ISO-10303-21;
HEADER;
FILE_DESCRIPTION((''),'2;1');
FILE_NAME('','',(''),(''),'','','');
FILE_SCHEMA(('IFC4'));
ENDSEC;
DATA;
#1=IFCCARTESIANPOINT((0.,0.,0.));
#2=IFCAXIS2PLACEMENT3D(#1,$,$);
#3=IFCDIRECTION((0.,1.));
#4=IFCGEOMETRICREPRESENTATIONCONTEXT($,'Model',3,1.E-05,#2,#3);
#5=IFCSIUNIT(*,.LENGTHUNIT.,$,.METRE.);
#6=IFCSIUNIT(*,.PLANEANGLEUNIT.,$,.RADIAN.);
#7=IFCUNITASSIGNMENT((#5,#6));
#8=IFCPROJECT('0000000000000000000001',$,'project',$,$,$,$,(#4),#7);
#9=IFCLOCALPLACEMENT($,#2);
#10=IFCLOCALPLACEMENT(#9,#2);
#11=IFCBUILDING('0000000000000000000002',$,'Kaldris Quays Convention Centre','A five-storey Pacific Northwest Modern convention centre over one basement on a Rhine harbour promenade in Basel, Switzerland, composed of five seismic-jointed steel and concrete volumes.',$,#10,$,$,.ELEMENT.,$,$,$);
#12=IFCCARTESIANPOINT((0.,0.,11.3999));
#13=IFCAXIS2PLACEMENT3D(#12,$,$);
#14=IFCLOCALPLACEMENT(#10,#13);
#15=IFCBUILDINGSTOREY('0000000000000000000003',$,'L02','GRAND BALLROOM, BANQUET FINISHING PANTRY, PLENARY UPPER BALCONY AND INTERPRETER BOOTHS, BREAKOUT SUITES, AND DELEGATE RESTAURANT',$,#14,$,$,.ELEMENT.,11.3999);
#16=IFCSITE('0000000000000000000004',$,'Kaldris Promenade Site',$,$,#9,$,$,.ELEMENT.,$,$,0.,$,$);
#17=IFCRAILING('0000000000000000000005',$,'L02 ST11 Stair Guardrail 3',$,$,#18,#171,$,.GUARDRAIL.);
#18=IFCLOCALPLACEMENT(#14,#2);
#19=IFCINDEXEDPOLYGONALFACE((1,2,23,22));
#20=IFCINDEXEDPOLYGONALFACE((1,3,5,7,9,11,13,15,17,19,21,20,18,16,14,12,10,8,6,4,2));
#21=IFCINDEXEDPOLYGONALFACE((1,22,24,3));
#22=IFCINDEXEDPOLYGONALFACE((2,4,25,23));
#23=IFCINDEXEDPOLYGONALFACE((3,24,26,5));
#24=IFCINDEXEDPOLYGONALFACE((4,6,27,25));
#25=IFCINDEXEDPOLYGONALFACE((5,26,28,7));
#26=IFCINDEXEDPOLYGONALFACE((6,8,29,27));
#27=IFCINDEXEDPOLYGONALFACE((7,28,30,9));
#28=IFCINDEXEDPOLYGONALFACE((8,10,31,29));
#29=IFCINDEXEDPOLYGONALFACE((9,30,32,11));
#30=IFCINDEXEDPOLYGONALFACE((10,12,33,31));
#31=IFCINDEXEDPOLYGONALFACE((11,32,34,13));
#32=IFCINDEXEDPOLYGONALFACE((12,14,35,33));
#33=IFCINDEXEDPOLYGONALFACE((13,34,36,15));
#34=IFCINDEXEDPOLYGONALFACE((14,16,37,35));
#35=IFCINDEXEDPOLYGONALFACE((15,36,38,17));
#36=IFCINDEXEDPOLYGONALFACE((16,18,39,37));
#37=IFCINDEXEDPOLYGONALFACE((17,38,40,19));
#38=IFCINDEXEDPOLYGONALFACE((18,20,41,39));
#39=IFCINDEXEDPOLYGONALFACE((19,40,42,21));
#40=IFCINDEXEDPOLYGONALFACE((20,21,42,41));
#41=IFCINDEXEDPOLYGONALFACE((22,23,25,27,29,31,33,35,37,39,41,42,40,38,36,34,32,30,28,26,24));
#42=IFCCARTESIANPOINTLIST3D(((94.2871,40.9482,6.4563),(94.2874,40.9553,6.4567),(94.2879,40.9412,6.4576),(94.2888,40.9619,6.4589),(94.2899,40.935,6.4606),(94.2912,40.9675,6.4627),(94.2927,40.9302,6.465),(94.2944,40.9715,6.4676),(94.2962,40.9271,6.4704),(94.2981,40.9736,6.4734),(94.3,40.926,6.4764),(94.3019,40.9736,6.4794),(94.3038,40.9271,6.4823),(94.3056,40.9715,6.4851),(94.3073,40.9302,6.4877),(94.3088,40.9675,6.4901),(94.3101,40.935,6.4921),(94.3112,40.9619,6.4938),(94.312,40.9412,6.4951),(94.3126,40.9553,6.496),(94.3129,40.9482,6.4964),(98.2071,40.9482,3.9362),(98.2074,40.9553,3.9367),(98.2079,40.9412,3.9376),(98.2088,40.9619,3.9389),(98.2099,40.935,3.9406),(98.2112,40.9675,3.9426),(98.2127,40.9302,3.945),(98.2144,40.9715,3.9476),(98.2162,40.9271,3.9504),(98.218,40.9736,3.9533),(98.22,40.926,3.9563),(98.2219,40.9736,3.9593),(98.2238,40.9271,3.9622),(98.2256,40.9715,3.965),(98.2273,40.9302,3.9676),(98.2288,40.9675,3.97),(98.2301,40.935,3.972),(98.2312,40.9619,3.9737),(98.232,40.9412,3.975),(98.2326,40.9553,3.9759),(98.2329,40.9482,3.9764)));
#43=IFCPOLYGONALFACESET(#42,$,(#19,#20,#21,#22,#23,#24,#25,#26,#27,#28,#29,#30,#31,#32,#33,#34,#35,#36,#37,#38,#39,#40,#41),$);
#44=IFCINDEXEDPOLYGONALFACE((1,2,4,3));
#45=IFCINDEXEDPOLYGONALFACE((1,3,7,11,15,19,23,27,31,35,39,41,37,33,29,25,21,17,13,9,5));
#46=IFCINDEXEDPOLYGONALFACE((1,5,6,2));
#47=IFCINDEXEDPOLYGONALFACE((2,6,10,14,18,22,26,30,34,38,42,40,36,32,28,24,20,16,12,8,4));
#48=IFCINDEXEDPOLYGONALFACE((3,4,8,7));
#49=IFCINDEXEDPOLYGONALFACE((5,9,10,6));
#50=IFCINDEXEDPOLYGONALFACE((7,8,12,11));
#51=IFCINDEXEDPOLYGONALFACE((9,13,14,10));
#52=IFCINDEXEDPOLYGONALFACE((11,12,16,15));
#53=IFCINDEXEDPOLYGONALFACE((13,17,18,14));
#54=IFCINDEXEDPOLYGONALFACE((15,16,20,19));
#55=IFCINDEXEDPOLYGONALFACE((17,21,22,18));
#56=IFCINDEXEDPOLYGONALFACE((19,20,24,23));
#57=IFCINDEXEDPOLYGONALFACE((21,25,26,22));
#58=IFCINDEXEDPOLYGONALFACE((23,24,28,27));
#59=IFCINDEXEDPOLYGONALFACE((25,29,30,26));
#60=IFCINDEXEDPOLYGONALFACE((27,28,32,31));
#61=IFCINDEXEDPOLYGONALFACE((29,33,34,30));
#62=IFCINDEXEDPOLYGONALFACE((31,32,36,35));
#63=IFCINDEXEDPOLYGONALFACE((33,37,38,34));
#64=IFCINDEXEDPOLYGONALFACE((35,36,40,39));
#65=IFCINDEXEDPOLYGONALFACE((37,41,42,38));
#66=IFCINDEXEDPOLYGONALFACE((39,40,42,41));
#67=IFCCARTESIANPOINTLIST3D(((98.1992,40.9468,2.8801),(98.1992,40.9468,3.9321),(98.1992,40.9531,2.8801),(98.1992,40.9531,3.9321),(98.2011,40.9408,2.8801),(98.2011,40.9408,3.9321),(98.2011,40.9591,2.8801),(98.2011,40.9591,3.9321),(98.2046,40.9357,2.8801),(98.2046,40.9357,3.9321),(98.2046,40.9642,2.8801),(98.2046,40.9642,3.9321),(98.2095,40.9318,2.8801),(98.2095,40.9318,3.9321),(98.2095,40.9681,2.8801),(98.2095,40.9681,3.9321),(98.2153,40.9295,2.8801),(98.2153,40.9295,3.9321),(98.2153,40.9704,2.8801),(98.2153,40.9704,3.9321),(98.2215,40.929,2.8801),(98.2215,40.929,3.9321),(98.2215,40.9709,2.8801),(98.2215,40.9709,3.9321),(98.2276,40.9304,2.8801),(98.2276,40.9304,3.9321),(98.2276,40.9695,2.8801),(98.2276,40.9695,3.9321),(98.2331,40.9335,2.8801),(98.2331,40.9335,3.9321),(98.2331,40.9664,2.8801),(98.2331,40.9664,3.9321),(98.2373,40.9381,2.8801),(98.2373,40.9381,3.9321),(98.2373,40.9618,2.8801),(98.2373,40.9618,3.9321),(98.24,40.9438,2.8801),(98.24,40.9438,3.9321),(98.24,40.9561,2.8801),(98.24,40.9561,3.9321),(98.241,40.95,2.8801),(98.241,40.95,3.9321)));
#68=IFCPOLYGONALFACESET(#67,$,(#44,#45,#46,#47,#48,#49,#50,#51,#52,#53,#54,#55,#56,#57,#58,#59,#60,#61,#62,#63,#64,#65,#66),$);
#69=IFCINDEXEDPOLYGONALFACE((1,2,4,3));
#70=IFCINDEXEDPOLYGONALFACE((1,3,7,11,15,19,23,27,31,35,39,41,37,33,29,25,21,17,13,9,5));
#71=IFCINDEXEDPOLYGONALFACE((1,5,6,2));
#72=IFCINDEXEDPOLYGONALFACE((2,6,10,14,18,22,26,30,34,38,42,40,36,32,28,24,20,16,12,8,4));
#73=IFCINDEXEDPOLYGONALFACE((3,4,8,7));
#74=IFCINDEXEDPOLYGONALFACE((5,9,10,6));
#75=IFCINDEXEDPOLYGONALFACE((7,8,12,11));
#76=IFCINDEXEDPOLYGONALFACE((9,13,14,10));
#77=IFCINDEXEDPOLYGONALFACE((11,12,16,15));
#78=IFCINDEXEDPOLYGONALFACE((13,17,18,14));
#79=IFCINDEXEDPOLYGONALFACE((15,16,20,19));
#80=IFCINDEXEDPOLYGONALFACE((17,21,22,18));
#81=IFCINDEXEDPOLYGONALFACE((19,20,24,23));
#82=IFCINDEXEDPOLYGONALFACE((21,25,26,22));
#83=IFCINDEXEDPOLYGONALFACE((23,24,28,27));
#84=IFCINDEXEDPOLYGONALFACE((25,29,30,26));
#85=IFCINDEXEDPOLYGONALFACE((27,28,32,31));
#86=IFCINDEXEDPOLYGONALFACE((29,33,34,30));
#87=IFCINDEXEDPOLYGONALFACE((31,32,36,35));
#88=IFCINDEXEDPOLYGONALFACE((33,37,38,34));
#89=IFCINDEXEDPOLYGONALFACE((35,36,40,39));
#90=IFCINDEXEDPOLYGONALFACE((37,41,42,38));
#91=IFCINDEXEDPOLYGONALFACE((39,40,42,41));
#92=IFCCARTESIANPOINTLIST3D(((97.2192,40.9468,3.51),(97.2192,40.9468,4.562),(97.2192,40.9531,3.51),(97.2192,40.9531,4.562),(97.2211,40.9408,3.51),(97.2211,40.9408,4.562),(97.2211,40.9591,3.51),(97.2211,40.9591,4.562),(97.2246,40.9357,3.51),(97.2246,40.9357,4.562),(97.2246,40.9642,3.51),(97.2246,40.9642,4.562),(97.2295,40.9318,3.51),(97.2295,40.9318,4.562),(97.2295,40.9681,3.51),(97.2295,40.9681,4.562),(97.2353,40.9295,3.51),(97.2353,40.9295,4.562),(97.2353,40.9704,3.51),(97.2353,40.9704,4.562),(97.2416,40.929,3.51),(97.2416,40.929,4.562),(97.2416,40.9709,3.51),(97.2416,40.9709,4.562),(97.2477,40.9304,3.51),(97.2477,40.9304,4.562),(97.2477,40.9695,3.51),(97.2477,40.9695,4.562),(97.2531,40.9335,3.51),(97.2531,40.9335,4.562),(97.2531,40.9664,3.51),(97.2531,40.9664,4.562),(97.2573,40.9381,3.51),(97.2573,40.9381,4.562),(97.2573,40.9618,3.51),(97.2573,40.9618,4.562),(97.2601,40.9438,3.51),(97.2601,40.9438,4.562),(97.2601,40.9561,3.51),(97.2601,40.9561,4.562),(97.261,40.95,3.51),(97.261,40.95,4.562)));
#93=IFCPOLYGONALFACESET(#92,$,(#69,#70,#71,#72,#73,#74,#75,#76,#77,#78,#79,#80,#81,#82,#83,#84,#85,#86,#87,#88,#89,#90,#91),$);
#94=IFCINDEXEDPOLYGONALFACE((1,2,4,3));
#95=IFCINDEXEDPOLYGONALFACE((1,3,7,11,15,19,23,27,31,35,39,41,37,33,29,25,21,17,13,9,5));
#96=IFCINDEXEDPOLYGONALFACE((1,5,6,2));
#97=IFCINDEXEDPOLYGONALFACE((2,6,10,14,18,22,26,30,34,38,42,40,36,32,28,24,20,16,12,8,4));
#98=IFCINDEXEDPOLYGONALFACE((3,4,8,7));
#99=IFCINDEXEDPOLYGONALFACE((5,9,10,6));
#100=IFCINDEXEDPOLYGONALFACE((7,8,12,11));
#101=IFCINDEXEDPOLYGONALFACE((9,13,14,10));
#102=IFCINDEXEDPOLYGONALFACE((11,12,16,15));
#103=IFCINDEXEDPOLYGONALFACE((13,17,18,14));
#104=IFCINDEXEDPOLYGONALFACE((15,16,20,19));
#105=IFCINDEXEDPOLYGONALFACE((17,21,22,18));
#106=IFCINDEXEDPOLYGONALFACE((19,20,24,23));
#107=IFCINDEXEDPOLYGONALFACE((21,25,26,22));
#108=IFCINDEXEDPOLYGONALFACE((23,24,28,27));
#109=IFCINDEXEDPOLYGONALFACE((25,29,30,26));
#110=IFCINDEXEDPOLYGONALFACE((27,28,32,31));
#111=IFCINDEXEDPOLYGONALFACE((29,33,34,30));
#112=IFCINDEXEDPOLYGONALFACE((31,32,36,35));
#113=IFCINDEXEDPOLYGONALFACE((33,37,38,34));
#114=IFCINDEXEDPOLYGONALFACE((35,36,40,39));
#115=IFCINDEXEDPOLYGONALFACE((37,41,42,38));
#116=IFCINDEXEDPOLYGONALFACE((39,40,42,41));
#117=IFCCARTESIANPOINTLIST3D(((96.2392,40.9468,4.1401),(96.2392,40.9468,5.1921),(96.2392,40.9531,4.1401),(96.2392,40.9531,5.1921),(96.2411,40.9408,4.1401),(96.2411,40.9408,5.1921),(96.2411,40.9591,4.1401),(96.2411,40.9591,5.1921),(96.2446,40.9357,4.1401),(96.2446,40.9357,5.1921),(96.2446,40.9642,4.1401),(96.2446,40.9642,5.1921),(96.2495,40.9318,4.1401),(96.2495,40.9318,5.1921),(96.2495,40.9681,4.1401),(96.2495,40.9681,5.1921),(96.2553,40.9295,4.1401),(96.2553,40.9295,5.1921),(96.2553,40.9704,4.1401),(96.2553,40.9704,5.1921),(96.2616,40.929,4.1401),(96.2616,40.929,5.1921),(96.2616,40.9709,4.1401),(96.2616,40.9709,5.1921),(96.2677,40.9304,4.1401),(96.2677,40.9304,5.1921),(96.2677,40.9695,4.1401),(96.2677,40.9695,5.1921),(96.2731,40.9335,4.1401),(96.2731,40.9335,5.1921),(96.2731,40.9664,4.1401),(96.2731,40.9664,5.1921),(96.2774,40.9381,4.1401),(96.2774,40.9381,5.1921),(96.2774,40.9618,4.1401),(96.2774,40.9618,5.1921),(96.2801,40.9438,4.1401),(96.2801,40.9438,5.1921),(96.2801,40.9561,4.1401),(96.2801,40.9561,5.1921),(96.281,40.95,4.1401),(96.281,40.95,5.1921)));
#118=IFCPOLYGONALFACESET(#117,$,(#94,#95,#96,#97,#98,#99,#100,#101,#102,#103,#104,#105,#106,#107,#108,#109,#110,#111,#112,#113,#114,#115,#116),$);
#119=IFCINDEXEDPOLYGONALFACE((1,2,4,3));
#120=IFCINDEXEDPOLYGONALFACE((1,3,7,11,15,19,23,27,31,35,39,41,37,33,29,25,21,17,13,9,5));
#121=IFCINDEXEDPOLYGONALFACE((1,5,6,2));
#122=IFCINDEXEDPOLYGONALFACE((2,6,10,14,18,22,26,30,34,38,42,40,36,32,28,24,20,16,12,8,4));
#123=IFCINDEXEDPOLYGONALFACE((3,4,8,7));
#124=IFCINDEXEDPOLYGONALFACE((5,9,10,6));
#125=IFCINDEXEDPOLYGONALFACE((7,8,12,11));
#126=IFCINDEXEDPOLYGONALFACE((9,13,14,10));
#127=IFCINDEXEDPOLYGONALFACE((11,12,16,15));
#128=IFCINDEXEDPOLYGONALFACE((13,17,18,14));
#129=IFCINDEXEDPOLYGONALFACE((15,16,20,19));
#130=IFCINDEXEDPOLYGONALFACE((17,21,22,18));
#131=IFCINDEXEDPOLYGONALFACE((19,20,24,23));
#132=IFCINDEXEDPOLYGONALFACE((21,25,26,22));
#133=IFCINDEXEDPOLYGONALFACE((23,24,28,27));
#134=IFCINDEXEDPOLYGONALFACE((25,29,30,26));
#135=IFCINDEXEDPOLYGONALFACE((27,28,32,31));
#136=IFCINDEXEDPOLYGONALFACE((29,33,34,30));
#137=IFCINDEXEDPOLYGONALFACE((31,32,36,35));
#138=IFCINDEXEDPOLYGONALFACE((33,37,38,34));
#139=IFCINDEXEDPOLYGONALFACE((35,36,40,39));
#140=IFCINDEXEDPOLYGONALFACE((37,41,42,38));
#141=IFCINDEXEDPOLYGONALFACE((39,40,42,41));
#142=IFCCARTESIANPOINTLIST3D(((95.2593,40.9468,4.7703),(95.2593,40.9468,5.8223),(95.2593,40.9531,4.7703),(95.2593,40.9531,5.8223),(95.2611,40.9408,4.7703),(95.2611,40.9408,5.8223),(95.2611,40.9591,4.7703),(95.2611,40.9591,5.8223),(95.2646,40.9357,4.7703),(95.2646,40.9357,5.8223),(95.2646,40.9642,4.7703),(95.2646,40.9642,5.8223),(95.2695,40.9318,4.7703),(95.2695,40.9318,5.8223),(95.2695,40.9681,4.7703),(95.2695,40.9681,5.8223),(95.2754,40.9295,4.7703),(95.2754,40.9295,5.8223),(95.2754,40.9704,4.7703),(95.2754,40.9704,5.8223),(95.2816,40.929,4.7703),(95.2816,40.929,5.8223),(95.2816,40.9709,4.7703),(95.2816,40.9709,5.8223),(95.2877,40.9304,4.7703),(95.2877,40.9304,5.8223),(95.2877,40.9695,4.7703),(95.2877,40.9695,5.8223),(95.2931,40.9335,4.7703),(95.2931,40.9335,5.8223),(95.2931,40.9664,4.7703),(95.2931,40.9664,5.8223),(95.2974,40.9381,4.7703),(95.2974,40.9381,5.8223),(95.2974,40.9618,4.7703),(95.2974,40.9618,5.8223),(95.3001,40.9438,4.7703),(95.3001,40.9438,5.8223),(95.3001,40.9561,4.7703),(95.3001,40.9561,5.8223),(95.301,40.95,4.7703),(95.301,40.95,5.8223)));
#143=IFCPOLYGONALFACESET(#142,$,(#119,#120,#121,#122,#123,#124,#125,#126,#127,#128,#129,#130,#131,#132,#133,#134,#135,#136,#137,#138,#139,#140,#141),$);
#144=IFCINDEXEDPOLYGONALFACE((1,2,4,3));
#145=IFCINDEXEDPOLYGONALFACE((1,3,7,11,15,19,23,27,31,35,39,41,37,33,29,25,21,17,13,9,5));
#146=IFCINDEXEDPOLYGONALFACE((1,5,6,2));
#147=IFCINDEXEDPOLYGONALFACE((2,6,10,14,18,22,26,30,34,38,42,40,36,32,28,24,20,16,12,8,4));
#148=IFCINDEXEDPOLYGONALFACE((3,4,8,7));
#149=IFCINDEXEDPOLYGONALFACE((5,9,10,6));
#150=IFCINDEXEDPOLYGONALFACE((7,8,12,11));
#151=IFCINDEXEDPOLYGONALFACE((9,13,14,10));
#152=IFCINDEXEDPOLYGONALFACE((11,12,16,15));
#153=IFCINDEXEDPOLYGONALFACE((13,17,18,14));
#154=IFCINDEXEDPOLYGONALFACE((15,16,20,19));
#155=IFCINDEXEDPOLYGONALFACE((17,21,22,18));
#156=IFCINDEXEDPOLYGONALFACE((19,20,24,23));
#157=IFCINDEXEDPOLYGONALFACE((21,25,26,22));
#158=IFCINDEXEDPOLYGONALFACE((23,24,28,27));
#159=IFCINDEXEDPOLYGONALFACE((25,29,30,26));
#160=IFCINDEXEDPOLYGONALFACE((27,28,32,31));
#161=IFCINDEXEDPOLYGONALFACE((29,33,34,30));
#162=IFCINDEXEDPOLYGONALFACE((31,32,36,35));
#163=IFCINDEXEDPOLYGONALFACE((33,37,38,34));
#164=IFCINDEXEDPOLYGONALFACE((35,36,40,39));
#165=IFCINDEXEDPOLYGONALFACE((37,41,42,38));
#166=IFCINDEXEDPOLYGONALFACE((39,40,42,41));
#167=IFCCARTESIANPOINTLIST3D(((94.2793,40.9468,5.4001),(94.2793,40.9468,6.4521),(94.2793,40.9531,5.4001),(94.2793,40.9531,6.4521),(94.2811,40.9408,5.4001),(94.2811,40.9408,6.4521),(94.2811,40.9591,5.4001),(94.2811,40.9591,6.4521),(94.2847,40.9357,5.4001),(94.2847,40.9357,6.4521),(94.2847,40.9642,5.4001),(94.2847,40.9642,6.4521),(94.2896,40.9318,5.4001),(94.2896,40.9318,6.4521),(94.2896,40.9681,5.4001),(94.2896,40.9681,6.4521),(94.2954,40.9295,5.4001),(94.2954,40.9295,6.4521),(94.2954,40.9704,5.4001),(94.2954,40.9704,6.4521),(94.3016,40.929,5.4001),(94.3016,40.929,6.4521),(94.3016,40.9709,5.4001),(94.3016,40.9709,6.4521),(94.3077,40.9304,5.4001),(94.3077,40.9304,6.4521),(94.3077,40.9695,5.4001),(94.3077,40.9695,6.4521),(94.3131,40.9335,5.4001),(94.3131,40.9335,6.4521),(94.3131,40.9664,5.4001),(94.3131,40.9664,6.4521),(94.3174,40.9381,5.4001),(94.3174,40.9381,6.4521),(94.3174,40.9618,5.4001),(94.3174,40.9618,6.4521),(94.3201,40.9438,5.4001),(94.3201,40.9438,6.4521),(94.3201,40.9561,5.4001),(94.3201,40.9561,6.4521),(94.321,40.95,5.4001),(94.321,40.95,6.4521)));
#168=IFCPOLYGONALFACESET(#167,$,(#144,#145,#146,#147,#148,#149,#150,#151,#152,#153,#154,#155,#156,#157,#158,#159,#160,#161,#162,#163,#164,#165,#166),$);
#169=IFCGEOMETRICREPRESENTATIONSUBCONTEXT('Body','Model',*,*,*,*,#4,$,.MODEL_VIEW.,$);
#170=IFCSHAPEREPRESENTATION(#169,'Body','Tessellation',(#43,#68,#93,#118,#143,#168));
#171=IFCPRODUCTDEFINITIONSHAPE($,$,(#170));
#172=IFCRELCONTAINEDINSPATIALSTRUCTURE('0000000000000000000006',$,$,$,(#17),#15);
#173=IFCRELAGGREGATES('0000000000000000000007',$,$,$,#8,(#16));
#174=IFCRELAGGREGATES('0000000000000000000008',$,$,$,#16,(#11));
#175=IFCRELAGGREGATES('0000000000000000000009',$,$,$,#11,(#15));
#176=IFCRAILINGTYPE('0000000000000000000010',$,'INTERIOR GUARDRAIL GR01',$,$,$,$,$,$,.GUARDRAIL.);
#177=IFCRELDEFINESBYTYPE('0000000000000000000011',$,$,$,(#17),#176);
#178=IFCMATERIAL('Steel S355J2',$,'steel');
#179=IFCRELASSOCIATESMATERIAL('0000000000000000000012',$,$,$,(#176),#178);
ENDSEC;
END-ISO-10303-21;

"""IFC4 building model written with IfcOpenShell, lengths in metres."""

from ifc_helpers import new_model, si_unit, direction, frame, origin, origin_2d, place, context, subcontext, project, spatial, circle, extrude, material, type_object, element, save


model = new_model("IFC4")

# Units and contexts
model_context = context("Model", 3, precision=1e-05, world=origin(), true_north=direction((0.0, 1.0)))
body_context = subcontext(model_context, "Body", "Model", "MODEL_VIEW")
ifc_project = project(units=[si_unit("LENGTHUNIT", "METRE"), si_unit("PLANEANGLEUNIT", "RADIAN")], contexts=[model_context])

# Site, building, storey
site_placement = place(None, origin())
site = spatial("IfcSite", under=ifc_project, at=site_placement, Name="Kaldris Promenade Site", CompositionType="ELEMENT", RefElevation=0.0)
building_placement = place(site_placement, origin())
building = spatial("IfcBuilding", under=site, at=building_placement, Name="Kaldris Quays Convention Centre", Description="A five-storey Pacific Northwest Modern convention centre over one basement on a Rhine harbour promenade in Basel, Switzerland, composed of five seismic-jointed steel and concrete volumes.", CompositionType="ELEMENT")
storey_placement = place(building_placement, frame((0.0, 0.0, 11.3999)))
storey = spatial("IfcBuildingStorey", under=building, at=storey_placement, Name="L02", Description="GRAND BALLROOM, BANQUET FINISHING PANTRY, PLENARY UPPER BALCONY AND INTERPRETER BOOTHS, BREAKOUT SUITES, AND DELEGATE RESTAURANT", CompositionType="ELEMENT", Elevation=11.3999)

# Shared definitions
ifc_material_1 = material(Name="Steel S355J2", Category="steel")

# Railing
railing_type_1 = type_object("IfcRailingType", Name="INTERIOR GUARDRAIL GR01", PredefinedType="GUARDRAIL", material=ifc_material_1)
railing_1_placement = place(storey_placement, frame((98.22, 40.95, 2.8801)))
element("IfcRailing", 1, at=railing_1_placement, inside=storey, type_object=railing_type_1, Name="L02 ST11 Stair Guardrail 3", PredefinedType="GUARDRAIL", context=body_context, shape_type="SweptSolid", body=[
    extrude(circle(Radius=0.0239, at=origin_2d()), frame((0.0, 0.0, 1.0762), z_axis=(-0.841172, 0.0, 0.540768), x_axis=(0.0, -1.0, 0.0)), (0.0, 0.0, 1.0), 4.6602),
    extrude(circle(Radius=0.021, at=origin_2d()), origin(), (0.0, 0.0, 1.0), 1.052),
    extrude(circle(Radius=0.021, at=origin_2d()), frame((-0.98, 0.0, 0.6299)), (0.0, 0.0, 1.0), 1.052),
    extrude(circle(Radius=0.021, at=origin_2d()), frame((-1.96, 0.0, 1.26)), (0.0, 0.0, 1.0), 1.052),
    extrude(circle(Radius=0.021, at=origin_2d()), frame((-2.9399, 0.0, 1.8901)), (0.0, 0.0, 1.0), 1.052),
    extrude(circle(Radius=0.021, at=origin_2d()), frame((-3.9199, 0.0, 2.52)), (0.0, 0.0, 1.0), 1.052),
])

save(model, "model.ifc")
